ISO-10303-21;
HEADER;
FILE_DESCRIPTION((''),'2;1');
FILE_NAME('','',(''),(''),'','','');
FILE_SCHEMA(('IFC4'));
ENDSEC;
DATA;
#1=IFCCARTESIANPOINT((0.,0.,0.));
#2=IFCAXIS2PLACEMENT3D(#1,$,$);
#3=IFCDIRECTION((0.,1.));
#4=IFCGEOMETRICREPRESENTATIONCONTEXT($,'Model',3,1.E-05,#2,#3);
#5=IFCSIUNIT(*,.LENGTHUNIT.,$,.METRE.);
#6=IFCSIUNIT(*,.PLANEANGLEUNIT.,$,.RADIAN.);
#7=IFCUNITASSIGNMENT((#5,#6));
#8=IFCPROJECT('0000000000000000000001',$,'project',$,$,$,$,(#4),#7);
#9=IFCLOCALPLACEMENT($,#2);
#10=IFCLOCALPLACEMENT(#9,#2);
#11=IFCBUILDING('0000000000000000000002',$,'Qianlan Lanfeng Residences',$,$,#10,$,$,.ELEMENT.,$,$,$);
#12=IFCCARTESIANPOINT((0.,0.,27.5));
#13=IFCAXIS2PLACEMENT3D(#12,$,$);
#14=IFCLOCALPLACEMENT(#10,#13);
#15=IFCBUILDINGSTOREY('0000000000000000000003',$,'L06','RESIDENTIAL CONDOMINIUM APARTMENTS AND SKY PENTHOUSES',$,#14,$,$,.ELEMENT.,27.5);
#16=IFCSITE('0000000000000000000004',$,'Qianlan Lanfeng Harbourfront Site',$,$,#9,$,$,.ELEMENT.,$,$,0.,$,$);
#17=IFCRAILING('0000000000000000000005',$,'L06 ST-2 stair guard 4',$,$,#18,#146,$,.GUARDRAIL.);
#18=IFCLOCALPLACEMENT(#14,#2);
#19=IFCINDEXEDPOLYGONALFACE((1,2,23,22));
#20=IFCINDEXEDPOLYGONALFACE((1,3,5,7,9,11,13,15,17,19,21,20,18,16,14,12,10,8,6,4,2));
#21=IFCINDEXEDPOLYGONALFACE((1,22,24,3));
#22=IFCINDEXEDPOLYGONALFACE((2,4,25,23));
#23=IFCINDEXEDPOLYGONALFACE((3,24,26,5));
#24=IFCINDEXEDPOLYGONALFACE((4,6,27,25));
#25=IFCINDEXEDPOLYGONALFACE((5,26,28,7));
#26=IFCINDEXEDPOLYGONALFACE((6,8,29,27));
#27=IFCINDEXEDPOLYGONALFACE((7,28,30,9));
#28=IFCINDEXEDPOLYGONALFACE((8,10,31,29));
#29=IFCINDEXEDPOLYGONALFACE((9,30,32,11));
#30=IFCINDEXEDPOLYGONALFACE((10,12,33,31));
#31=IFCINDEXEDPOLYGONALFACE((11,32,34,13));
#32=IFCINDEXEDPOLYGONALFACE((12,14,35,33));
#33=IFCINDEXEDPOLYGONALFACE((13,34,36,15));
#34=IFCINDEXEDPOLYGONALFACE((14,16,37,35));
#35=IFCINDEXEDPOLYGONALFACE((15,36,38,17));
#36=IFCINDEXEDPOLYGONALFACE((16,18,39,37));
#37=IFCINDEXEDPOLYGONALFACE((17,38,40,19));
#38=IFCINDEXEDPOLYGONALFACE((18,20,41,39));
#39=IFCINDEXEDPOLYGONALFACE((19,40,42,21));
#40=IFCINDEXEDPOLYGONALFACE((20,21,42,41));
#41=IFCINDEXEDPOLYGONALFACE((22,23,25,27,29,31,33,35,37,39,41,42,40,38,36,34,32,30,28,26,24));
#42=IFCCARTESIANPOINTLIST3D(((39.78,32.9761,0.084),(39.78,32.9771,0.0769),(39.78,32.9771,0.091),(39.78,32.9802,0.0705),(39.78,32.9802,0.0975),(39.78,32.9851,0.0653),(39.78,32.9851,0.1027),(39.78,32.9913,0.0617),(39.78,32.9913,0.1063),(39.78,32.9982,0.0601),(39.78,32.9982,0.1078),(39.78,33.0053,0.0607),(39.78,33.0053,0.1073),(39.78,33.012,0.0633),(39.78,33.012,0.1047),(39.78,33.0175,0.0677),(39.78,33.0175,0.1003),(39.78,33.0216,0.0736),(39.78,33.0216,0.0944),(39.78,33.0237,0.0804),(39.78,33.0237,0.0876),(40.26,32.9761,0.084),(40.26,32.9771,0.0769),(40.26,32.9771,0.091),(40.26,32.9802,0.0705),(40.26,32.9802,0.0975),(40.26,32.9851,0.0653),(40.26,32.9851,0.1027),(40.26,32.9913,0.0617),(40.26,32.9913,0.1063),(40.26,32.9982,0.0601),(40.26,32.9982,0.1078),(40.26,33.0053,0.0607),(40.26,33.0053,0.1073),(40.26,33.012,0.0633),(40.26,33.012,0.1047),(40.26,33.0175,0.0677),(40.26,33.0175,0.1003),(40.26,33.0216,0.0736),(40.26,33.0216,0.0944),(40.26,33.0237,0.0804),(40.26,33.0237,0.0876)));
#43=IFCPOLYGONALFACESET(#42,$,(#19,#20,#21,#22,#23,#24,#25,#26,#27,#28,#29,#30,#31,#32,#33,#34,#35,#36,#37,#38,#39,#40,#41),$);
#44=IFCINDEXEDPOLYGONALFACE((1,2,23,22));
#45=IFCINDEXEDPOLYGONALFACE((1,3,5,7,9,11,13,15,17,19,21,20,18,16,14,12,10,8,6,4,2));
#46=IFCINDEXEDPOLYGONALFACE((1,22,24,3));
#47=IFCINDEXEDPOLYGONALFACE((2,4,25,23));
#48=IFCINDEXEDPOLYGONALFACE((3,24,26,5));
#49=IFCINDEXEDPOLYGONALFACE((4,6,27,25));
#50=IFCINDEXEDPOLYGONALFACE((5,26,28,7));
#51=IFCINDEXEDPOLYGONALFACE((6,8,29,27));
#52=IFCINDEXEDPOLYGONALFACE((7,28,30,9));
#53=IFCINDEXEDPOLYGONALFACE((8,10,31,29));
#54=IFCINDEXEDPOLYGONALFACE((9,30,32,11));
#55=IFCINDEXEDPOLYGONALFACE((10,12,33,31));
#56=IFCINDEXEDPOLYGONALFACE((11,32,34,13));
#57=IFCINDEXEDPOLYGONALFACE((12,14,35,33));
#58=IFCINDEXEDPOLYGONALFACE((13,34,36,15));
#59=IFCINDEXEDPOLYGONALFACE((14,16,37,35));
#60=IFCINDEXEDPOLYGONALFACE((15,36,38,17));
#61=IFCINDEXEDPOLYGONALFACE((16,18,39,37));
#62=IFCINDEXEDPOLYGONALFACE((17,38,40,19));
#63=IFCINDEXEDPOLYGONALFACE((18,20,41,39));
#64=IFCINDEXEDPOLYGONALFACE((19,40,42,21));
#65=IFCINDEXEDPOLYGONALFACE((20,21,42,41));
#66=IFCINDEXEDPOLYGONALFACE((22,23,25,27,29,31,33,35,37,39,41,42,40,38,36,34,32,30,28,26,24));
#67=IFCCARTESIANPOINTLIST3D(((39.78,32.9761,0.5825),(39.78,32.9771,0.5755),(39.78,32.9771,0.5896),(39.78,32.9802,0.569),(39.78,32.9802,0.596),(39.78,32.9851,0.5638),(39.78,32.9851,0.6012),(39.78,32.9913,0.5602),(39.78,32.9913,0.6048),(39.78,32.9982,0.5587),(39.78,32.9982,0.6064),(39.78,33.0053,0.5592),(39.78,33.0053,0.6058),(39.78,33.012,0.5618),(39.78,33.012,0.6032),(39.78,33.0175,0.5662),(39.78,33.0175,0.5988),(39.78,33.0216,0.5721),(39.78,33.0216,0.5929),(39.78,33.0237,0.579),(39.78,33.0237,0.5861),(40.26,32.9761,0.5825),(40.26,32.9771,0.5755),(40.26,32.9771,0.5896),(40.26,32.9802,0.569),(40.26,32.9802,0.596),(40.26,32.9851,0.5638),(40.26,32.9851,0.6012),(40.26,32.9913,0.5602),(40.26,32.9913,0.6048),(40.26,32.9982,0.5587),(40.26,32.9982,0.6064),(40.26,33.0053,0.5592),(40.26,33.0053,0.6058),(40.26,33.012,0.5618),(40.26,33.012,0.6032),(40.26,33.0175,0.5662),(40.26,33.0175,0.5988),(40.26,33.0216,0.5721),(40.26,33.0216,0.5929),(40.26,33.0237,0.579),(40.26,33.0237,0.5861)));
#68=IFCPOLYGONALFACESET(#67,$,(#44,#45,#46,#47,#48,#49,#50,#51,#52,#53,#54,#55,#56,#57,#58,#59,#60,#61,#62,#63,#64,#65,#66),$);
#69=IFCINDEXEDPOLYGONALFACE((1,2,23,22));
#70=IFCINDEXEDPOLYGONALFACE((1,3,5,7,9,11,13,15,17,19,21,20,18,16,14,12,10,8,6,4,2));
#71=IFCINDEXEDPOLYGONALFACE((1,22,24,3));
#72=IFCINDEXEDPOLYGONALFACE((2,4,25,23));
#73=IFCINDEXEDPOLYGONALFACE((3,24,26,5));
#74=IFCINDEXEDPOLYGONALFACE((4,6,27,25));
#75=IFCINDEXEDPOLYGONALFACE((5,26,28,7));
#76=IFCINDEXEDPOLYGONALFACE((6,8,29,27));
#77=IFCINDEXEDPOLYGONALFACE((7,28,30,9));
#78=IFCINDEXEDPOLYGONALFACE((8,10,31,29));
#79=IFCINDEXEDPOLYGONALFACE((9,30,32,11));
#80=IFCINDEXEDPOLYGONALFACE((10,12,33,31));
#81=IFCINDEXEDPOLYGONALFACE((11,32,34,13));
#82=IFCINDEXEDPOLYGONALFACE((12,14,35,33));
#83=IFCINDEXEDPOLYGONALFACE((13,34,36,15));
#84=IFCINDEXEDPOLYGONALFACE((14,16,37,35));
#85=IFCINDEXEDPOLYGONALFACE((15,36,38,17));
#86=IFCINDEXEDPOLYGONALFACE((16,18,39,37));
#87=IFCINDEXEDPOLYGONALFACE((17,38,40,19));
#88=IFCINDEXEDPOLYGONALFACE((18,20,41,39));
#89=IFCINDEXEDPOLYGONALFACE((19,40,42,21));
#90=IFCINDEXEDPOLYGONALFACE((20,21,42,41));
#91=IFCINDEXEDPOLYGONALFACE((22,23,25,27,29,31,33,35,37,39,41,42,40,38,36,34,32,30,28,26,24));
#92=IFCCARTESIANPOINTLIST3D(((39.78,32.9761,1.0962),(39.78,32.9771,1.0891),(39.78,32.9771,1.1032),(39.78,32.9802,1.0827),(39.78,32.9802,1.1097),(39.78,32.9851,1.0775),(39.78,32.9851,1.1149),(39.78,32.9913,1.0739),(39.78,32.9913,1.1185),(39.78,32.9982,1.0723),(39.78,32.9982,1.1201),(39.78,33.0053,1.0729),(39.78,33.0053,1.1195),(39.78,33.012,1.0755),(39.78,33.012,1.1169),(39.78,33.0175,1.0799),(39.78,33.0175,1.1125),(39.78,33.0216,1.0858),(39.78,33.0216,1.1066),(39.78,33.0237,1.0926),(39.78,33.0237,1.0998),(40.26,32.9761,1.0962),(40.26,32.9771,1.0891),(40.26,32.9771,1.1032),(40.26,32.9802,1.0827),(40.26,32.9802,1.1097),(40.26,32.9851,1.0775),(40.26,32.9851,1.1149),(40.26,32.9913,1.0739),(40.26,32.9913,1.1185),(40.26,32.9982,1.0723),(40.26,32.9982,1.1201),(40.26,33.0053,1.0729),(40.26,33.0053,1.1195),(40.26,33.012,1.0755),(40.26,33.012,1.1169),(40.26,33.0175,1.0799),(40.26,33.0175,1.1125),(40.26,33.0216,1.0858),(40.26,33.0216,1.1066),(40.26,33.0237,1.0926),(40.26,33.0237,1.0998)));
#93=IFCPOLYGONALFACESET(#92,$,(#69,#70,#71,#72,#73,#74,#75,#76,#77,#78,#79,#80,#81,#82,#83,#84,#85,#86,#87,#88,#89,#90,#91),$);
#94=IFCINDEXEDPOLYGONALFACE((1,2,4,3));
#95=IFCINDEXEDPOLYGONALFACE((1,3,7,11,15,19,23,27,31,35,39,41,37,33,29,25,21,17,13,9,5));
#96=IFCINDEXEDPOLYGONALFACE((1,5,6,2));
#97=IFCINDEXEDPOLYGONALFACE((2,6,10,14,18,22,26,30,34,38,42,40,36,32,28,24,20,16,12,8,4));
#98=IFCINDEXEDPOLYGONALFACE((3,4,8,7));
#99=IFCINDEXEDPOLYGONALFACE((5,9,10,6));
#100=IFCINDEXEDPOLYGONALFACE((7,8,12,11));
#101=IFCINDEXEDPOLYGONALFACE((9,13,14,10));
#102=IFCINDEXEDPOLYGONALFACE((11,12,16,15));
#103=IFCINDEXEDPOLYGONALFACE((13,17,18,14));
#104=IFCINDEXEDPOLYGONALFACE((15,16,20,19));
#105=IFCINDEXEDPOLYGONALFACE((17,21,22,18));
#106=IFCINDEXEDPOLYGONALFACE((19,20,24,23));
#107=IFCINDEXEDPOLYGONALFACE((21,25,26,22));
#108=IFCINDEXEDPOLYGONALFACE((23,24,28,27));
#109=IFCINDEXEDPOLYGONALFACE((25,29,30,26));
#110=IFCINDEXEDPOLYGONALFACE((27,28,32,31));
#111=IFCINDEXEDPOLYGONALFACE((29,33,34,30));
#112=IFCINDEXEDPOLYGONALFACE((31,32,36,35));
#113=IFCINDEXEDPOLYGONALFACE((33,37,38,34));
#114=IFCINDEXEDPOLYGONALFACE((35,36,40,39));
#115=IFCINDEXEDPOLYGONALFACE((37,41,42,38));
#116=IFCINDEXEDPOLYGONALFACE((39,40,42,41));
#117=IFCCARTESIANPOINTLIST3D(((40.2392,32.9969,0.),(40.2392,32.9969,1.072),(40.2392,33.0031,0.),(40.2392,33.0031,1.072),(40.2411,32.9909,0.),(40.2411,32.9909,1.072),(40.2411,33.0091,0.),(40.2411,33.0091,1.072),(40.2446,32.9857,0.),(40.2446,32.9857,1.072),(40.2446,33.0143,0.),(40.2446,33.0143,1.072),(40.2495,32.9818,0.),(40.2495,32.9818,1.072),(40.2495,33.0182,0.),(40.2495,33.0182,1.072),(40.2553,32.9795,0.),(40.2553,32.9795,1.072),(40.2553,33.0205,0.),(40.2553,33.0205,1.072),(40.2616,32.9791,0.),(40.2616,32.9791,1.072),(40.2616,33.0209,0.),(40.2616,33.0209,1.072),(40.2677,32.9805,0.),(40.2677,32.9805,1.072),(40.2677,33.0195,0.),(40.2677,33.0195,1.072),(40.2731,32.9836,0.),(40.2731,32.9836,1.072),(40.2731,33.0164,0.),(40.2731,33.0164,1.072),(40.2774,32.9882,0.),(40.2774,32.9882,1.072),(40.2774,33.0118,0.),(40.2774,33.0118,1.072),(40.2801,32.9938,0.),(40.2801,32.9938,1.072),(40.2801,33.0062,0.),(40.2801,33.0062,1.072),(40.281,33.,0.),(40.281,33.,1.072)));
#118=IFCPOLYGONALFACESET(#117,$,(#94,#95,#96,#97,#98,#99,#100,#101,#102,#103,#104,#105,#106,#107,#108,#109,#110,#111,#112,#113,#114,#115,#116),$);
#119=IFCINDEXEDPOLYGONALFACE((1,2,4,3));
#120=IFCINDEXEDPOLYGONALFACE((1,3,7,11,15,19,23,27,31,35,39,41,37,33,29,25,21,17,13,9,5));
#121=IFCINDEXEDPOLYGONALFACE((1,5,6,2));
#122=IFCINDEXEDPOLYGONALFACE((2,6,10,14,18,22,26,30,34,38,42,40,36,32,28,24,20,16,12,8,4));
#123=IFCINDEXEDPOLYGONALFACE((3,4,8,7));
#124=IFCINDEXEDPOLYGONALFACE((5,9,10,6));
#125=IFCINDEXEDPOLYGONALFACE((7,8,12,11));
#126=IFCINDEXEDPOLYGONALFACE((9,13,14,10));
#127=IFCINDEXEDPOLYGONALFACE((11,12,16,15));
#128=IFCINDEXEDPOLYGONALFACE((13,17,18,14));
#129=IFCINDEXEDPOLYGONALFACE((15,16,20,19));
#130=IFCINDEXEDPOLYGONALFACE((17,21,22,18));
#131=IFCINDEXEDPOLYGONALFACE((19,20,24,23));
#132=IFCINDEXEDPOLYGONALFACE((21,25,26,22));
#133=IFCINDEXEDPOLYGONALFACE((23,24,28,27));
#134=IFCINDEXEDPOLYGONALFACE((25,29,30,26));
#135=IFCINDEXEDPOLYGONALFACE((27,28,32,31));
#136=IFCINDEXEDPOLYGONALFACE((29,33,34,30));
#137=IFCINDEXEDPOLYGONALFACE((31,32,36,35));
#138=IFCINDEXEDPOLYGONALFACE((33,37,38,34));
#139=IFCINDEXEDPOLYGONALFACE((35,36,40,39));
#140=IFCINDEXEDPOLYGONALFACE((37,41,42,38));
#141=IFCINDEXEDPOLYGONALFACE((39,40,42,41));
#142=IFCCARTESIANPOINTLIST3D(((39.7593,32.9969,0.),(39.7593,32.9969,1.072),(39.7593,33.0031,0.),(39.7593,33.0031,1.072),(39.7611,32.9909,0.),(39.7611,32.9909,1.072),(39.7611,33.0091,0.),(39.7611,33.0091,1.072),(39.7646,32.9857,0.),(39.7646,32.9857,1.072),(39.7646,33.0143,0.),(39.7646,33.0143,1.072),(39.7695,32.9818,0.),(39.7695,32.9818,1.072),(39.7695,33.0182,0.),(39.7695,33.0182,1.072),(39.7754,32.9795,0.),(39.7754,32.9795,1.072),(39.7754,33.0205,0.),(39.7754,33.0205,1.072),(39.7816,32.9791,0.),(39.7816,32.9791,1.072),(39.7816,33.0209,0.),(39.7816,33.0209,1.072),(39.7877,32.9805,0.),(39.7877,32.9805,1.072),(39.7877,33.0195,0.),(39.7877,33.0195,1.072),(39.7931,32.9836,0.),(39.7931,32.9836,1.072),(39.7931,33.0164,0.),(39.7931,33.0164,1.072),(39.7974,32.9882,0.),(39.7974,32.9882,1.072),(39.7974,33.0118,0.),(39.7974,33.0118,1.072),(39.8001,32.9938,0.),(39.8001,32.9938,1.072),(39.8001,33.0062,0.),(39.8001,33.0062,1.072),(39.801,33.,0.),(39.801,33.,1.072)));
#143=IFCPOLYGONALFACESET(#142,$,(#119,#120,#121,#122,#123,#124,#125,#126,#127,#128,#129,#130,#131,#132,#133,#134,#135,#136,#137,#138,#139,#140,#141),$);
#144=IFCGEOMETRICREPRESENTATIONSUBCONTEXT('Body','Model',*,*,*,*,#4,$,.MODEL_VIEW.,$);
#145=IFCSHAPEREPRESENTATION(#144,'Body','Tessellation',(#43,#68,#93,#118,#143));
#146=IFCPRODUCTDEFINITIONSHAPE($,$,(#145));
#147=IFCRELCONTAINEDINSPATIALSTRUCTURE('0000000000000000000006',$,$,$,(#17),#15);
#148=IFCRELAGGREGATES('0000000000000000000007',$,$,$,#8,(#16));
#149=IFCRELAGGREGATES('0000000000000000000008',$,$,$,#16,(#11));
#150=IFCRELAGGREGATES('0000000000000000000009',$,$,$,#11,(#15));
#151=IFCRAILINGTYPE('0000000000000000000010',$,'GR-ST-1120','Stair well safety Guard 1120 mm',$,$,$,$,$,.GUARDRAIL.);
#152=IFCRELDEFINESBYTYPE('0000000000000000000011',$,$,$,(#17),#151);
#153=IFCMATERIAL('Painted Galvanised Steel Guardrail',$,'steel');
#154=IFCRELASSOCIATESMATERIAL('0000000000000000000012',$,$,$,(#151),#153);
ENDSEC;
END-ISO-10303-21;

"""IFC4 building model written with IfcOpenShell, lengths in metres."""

from ifc_helpers import new_model, si_unit, direction, frame, origin, origin_2d, place, context, subcontext, project, spatial, circle, extrude, material, type_object, element, save


model = new_model("IFC4")

# Units and contexts
model_context = context("Model", 3, precision=1e-05, world=origin(), true_north=direction((0.0, 1.0)))
body_context = subcontext(model_context, "Body", "Model", "MODEL_VIEW")
ifc_project = project(units=[si_unit("LENGTHUNIT", "METRE"), si_unit("PLANEANGLEUNIT", "RADIAN")], contexts=[model_context])

# Site, building, storey
site_placement = place(None, origin())
site = spatial("IfcSite", under=ifc_project, at=site_placement, Name="Qianlan Lanfeng Harbourfront Site", CompositionType="ELEMENT", RefElevation=0.0)
building_placement = place(site_placement, origin())
building = spatial("IfcBuilding", under=site, at=building_placement, Name="Qianlan Lanfeng Residences", CompositionType="ELEMENT")
storey_placement = place(building_placement, frame((0.0, 0.0, 27.5)))
storey = spatial("IfcBuildingStorey", under=building, at=storey_placement, Name="L06", Description="RESIDENTIAL CONDOMINIUM APARTMENTS AND SKY PENTHOUSES", CompositionType="ELEMENT", Elevation=27.5)

# Railing
ifc_material_1 = material(Name="Painted Galvanised Steel Guardrail", Category="steel")
railing_type_1 = type_object("IfcRailingType", Name="GR-ST-1120", Description="Stair well safety Guard 1120 mm", PredefinedType="GUARDRAIL", material=ifc_material_1)
railing_1_placement = place(storey_placement, frame((40.26, 33.0, 0.0)))
element("IfcRailing", 1, at=railing_1_placement, inside=storey, type_object=railing_type_1, Name="L06 ST-2 stair guard 4", PredefinedType="GUARDRAIL", context=body_context, shape_type="SweptSolid", body=[
    extrude(circle(Radius=0.0239, at=origin_2d()), frame((0.0, 0.0, 0.084), z_axis=(-1.0, 0.0, 0.0), x_axis=(0.0, -1.0, 0.0)), (0.0, 0.0, 1.0), 0.48),
    extrude(circle(Radius=0.0239, at=origin_2d()), frame((0.0, 0.0, 0.5825), z_axis=(-1.0, 0.0, 0.0), x_axis=(0.0, -1.0, 0.0)), (0.0, 0.0, 1.0), 0.48),
    extrude(circle(Radius=0.0239, at=origin_2d()), frame((0.0, 0.0, 1.0962), z_axis=(-1.0, 0.0, 0.0), x_axis=(0.0, -1.0, 0.0)), (0.0, 0.0, 1.0), 0.48),
    extrude(circle(Radius=0.021, at=origin_2d()), origin(), (0.0, 0.0, 1.0), 1.072),
    extrude(circle(Radius=0.021, at=origin_2d()), frame((-0.48, 0.0, 0.0)), (0.0, 0.0, 1.0), 1.072),
])

save(model, "model.ifc")
